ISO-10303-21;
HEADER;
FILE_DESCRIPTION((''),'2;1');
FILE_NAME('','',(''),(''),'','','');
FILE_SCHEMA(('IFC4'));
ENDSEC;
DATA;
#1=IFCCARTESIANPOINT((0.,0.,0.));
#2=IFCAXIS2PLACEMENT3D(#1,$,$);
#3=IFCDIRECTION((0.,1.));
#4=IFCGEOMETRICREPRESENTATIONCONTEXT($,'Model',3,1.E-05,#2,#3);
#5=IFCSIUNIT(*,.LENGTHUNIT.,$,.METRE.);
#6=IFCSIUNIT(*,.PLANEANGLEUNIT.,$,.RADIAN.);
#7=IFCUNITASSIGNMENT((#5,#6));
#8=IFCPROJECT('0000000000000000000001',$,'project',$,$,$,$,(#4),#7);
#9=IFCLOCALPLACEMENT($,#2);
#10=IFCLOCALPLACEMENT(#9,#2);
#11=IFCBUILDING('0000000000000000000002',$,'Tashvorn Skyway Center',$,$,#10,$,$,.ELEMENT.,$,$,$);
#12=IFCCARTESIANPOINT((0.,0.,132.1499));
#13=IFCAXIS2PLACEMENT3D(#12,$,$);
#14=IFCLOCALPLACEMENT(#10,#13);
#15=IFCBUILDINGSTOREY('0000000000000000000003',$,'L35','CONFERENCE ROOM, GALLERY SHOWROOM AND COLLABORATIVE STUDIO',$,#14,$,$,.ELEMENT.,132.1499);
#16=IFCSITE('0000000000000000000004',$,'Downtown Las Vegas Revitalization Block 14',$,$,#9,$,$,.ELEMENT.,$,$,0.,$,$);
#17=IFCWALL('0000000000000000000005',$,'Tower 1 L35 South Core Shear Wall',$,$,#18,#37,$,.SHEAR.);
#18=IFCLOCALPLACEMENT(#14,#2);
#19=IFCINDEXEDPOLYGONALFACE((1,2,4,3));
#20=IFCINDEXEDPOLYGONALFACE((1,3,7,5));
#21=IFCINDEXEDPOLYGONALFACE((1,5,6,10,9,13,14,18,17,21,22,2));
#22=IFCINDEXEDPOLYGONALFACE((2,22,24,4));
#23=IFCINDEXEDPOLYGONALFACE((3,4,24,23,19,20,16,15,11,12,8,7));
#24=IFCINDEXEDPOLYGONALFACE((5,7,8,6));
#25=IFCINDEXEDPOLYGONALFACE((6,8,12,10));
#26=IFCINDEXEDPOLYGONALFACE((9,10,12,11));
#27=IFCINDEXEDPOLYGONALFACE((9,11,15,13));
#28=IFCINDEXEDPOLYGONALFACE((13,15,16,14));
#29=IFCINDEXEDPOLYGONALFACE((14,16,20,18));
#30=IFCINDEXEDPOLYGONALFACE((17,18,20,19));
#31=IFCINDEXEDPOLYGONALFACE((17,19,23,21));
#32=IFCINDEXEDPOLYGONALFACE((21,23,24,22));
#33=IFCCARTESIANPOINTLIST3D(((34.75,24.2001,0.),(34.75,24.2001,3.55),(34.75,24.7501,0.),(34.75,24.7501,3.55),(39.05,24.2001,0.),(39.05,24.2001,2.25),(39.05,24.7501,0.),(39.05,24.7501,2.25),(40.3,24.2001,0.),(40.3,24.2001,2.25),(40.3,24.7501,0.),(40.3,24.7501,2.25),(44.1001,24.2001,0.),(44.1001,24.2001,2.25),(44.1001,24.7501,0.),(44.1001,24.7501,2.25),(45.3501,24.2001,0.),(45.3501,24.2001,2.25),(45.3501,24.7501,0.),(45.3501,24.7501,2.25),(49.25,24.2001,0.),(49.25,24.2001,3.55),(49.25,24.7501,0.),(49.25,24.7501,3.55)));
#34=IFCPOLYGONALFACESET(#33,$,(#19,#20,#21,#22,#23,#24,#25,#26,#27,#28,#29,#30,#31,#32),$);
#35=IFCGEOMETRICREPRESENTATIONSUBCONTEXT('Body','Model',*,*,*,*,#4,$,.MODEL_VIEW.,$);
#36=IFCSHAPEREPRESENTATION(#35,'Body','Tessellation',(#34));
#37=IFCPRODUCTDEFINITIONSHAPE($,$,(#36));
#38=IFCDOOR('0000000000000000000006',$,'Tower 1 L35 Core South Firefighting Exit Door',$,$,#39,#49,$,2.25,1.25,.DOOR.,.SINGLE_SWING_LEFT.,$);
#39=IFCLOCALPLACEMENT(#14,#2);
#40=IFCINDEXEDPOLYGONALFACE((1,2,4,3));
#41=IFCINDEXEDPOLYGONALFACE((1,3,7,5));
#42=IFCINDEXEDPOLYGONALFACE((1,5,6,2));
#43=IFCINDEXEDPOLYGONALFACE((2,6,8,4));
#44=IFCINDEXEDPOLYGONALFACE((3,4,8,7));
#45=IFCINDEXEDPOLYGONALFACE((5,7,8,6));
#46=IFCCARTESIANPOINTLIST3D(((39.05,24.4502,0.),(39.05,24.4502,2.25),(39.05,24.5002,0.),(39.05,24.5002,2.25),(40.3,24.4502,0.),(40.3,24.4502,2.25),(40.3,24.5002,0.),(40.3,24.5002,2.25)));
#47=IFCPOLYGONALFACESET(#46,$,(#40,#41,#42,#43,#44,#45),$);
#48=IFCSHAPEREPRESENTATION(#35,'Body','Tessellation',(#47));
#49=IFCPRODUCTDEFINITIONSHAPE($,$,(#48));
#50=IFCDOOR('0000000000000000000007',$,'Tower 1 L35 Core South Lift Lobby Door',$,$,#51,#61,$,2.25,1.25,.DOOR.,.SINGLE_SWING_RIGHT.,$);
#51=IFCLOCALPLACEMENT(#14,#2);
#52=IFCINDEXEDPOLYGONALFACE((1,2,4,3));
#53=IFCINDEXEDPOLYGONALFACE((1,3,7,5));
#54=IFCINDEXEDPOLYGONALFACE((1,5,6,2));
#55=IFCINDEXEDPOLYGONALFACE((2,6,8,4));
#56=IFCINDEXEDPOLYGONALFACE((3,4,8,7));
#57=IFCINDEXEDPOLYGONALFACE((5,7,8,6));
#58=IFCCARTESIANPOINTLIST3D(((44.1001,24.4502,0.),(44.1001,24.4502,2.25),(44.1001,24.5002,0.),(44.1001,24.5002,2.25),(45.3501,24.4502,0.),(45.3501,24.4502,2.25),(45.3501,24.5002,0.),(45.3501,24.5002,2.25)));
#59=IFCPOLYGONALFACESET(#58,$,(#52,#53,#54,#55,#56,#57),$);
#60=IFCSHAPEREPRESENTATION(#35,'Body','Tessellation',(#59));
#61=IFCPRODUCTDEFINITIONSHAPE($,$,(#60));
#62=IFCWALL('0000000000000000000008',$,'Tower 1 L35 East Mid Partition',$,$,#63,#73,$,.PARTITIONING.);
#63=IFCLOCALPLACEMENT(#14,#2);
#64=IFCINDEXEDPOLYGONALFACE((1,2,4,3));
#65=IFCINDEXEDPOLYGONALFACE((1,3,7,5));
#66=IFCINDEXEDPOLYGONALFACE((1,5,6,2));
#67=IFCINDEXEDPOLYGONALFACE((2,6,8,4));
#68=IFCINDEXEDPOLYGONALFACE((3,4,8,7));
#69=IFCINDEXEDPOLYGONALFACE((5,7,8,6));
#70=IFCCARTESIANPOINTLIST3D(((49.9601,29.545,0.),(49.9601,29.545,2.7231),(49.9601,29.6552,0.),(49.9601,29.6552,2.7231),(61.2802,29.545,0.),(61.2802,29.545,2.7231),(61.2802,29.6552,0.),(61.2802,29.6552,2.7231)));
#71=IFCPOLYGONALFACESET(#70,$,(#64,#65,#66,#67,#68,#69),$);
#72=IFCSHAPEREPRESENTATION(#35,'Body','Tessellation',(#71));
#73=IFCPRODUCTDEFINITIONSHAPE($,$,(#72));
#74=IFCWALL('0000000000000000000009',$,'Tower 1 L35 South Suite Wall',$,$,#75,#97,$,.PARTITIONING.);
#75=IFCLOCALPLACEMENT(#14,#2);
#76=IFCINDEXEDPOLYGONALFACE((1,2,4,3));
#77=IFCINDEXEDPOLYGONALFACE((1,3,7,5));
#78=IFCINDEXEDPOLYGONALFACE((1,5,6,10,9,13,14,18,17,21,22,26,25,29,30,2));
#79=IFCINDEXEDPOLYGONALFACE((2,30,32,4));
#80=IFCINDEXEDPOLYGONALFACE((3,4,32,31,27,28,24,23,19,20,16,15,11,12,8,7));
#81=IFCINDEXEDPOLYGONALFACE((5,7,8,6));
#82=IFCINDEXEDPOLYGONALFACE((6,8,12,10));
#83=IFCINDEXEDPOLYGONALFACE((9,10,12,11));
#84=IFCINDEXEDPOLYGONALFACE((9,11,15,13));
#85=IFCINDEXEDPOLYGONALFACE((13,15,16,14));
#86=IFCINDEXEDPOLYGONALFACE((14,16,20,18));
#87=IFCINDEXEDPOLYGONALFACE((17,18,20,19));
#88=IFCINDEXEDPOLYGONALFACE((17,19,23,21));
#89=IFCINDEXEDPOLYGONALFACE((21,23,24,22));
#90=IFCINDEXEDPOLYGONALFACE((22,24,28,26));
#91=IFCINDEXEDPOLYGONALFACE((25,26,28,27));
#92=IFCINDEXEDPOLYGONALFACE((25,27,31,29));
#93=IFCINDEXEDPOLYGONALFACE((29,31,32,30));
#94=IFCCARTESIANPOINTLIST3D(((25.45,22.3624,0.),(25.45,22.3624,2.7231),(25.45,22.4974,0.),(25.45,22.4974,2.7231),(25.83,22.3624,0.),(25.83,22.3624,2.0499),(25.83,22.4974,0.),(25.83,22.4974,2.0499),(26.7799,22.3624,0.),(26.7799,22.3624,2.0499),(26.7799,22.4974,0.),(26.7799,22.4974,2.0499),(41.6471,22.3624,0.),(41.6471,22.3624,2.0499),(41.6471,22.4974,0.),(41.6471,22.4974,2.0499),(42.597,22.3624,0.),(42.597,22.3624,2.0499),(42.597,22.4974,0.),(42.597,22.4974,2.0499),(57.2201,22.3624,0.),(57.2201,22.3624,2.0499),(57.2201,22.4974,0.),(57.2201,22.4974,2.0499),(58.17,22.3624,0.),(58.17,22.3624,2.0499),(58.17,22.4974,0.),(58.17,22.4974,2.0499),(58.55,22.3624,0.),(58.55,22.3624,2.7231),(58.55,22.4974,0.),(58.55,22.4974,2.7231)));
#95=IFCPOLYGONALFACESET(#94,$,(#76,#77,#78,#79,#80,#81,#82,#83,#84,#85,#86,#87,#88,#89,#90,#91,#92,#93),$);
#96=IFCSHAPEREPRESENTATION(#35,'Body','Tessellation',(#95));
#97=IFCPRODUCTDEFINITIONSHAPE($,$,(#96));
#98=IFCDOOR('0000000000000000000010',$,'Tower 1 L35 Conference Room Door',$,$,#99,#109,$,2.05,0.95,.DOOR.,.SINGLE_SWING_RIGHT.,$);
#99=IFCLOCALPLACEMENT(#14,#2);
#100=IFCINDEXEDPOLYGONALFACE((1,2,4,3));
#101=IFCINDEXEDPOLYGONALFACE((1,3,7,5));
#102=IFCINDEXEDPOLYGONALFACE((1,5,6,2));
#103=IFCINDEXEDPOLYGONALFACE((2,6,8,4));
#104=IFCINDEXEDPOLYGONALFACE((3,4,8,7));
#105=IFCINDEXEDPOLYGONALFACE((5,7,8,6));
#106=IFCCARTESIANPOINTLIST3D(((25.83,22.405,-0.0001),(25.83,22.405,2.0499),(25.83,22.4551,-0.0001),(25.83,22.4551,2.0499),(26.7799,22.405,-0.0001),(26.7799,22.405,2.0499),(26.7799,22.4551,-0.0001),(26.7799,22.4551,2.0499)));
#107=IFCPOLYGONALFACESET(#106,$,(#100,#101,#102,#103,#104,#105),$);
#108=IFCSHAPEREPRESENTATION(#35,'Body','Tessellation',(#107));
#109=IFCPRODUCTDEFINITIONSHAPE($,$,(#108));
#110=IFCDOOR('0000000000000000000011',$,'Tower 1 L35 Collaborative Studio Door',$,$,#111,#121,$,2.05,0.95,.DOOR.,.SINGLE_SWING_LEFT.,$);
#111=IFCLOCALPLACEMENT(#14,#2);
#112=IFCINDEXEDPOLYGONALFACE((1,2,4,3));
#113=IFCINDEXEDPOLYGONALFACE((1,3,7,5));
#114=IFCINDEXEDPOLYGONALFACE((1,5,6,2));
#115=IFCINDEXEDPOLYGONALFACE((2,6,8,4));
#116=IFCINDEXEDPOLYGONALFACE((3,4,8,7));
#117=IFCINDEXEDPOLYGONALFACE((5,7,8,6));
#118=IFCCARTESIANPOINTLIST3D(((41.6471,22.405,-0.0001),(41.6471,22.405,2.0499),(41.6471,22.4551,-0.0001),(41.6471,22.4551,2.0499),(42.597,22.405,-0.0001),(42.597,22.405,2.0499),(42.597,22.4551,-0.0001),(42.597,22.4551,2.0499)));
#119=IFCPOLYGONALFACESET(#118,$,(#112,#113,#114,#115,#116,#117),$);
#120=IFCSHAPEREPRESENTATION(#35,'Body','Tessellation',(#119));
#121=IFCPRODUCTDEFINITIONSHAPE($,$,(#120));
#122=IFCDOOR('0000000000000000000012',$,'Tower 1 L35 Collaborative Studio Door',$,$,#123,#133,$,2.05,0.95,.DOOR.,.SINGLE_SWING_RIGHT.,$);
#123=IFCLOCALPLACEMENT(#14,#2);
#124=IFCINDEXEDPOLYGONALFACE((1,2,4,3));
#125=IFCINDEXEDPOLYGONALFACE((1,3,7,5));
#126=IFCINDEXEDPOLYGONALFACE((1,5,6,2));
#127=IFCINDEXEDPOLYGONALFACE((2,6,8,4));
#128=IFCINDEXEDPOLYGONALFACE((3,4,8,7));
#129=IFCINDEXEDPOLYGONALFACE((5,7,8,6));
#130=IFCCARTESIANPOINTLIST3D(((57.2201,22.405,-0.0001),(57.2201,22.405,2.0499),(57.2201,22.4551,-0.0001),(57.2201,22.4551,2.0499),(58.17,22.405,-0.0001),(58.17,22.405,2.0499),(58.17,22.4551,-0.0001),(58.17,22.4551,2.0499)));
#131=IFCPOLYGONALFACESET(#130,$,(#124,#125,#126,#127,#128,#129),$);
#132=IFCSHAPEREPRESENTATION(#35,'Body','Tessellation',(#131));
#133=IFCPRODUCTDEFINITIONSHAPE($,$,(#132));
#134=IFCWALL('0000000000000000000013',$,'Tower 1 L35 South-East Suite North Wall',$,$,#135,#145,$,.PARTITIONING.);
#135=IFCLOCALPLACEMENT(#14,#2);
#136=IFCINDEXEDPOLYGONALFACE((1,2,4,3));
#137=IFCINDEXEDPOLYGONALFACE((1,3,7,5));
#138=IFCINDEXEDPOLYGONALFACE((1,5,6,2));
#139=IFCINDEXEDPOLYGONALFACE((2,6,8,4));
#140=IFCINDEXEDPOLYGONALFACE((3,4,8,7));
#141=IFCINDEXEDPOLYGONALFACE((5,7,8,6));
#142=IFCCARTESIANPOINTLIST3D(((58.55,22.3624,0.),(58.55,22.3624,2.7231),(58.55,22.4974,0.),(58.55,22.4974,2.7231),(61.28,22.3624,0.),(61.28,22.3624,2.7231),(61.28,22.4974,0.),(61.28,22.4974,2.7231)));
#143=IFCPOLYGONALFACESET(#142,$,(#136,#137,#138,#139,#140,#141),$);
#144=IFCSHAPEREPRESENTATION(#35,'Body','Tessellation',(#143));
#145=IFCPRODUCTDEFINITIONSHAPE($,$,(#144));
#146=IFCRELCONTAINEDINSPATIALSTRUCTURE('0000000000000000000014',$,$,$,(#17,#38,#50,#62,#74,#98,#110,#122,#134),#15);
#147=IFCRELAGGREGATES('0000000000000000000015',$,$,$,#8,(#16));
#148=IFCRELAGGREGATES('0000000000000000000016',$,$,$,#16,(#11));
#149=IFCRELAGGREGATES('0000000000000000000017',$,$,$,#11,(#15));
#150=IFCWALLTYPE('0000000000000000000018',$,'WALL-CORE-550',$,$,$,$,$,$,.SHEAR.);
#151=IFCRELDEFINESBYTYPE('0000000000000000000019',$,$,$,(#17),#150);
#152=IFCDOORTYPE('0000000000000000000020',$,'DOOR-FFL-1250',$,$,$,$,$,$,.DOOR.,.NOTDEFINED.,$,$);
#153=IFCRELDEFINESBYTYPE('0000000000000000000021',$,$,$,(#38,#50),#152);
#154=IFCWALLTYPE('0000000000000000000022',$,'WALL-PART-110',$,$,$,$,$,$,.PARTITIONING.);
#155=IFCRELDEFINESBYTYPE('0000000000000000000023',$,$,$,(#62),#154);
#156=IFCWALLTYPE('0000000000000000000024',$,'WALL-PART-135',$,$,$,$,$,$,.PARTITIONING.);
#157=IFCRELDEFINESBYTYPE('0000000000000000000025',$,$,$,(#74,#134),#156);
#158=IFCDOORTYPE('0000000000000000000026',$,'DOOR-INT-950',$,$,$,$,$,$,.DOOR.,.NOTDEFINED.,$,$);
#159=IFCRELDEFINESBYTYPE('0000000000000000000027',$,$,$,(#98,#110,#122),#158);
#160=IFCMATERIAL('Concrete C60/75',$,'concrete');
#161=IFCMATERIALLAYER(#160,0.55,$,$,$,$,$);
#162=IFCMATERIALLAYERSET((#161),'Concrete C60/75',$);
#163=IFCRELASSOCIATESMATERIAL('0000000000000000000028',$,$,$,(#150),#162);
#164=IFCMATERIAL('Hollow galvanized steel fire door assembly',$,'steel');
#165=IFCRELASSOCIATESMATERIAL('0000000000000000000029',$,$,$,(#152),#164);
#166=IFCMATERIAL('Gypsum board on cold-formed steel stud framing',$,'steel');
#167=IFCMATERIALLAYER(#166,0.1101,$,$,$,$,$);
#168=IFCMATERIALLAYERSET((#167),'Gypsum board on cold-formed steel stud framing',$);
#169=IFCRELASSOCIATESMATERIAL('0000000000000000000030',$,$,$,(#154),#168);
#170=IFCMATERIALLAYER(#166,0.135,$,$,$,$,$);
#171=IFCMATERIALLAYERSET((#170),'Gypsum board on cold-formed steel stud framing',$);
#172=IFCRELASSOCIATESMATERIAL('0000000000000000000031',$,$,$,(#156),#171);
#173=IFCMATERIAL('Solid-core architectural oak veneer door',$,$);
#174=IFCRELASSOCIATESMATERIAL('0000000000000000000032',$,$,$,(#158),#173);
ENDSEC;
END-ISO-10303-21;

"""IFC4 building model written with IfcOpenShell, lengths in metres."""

from ifc_helpers import new_model, si_unit, direction, frame, frame_2d, origin, place, context, subcontext, project, spatial, rectangle, extrude, material, layer, layer_set, type_object, element, fill, save


model = new_model("IFC4")

# Units and contexts
model_context = context("Model", 3, precision=1e-05, world=origin(), true_north=direction((0.0, 1.0)))
body_context = subcontext(model_context, "Body", "Model", "MODEL_VIEW")
ifc_project = project(units=[si_unit("LENGTHUNIT", "METRE"), si_unit("PLANEANGLEUNIT", "RADIAN")], contexts=[model_context])

# Site, building, storey
site_placement = place(None, origin())
site = spatial("IfcSite", under=ifc_project, at=site_placement, Name="Downtown Las Vegas Revitalization Block 14", CompositionType="ELEMENT", RefElevation=0.0)
building_placement = place(site_placement, origin())
building = spatial("IfcBuilding", under=site, at=building_placement, Name="Tashvorn Skyway Center", CompositionType="ELEMENT")
storey_placement = place(building_placement, frame((0.0, 0.0, 132.1499)))
storey = spatial("IfcBuildingStorey", under=building, at=storey_placement, Name="L35", Description="CONFERENCE ROOM, GALLERY SHOWROOM AND COLLABORATIVE STUDIO", CompositionType="ELEMENT", Elevation=132.1499)

# Wall, openings, doors
ifc_material_1 = material(Name="Concrete C60/75", Category="concrete")
ifc_layer_1 = layer(ifc_material_1, 0.55)
ifc_layer_set_1 = layer_set([ifc_layer_1], Name="Concrete C60/75")
wall_type_1 = type_object("IfcWallType", Name="WALL-CORE-550", PredefinedType="SHEAR", material=ifc_layer_set_1)
wall_1_placement = place(storey_placement, frame((49.25, 24.4751, 0.0), z_axis=(0.0, 0.0, 1.0), x_axis=(-1.0, 0.0, 0.0)))
wall_1 = element("IfcWall", 1, at=wall_1_placement, inside=storey, type_object=wall_type_1, Name="Tower 1 L35 South Core Shear Wall", PredefinedType="SHEAR", context=body_context, shape_type="SweptSolid", body=[
    extrude(rectangle(XDim=14.5, YDim=0.55, at=frame_2d((7.25, 0.0))), origin(), (0.0, 0.0, 1.0), 3.55),
])
opening_1_placement = place(wall_1_placement, frame((8.95, 0.0, 0.0)))
opening_1 = element("IfcOpeningElement", 2, at=opening_1_placement, cuts=wall_1, PredefinedType="OPENING", context=body_context, shape_type="SweptSolid", body=[
    extrude(rectangle(XDim=1.25, YDim=2.25, at=frame_2d((0.625, 1.125))), frame((0.0, 0.2849, 0.0), z_axis=(0.0, -1.0, 0.0), x_axis=(1.0, 0.0, 0.0)), (0.0, 0.0, 1.0), 0.5701),
])
opening_2_placement = place(wall_1_placement, frame((3.8999, 0.0, 0.0)))
opening_2 = element("IfcOpeningElement", 3, at=opening_2_placement, cuts=wall_1, PredefinedType="OPENING", context=body_context, shape_type="SweptSolid", body=[
    extrude(rectangle(XDim=1.25, YDim=2.25, at=frame_2d((0.625, 1.125))), frame((0.0, 0.2849, 0.0), z_axis=(0.0, -1.0, 0.0), x_axis=(1.0, 0.0, 0.0)), (0.0, 0.0, 1.0), 0.5701),
])
ifc_material_2 = material(Name="Hollow galvanized steel fire door assembly", Category="steel")
door_type_1 = type_object("IfcDoorType", Name="DOOR-FFL-1250", OperationType="NOTDEFINED", PredefinedType="DOOR", material=ifc_material_2)
door_1_placement = place(opening_1_placement, origin())
door_1 = element("IfcDoor", 4, at=door_1_placement, inside=storey, type_object=door_type_1, Name="Tower 1 L35 Core South Firefighting Exit Door", OperationType="SINGLE_SWING_LEFT", OverallHeight=2.25, OverallWidth=1.25, PredefinedType="DOOR", context=body_context, shape_type="SweptSolid", body=[
    extrude(rectangle(XDim=1.25, YDim=2.25, at=frame_2d((0.625, 1.125))), frame((0.0, 0.0249, 0.0), z_axis=(0.0, -1.0, 0.0), x_axis=(1.0, 0.0, 0.0)), (0.0, 0.0, 1.0), 0.05),
])
fill(opening_1, door_1)
door_2_placement = place(opening_2_placement, origin())
door_2 = element("IfcDoor", 5, at=door_2_placement, inside=storey, type_object=door_type_1, Name="Tower 1 L35 Core South Lift Lobby Door", OperationType="SINGLE_SWING_RIGHT", OverallHeight=2.25, OverallWidth=1.25, PredefinedType="DOOR", context=body_context, shape_type="SweptSolid", body=[
    extrude(rectangle(XDim=1.25, YDim=2.25, at=frame_2d((0.625, 1.125))), frame((0.0, 0.0249, 0.0), z_axis=(0.0, -1.0, 0.0), x_axis=(1.0, 0.0, 0.0)), (0.0, 0.0, 1.0), 0.05),
])
fill(opening_2, door_2)

# Wall
ifc_material_3 = material(Name="Gypsum board on cold-formed steel stud framing", Category="steel")
ifc_layer_2 = layer(ifc_material_3, 0.1101)
ifc_layer_set_2 = layer_set([ifc_layer_2], Name="Gypsum board on cold-formed steel stud framing")
wall_type_2 = type_object("IfcWallType", Name="WALL-PART-110", PredefinedType="PARTITIONING", material=ifc_layer_set_2)
wall_2_placement = place(storey_placement, frame((49.96, 29.6001, 0.0), z_axis=(0.0, 0.0, 1.0), x_axis=(1.0, 0.0, 0.0)))
element("IfcWall", 6, at=wall_2_placement, inside=storey, type_object=wall_type_2, Name="Tower 1 L35 East Mid Partition", PredefinedType="PARTITIONING", context=body_context, shape_type="SweptSolid", body=[
    extrude(rectangle(XDim=11.3201, YDim=0.1101, at=frame_2d((5.6602, 0.0))), origin(), (0.0, 0.0, 1.0), 2.7231),
])

# Wall, openings, doors
ifc_layer_3 = layer(ifc_material_3, 0.135)
ifc_layer_set_3 = layer_set([ifc_layer_3], Name="Gypsum board on cold-formed steel stud framing")
wall_type_3 = type_object("IfcWallType", Name="WALL-PART-135", PredefinedType="PARTITIONING", material=ifc_layer_set_3)
wall_3_placement = place(storey_placement, frame((58.55, 22.4299, 0.0), z_axis=(0.0, 0.0, 1.0), x_axis=(-1.0, 0.0, 0.0)))
wall_3 = element("IfcWall", 7, at=wall_3_placement, inside=storey, type_object=wall_type_3, Name="Tower 1 L35 South Suite Wall", PredefinedType="PARTITIONING", context=body_context, shape_type="SweptSolid", body=[
    extrude(rectangle(XDim=33.1001, YDim=0.135, at=frame_2d((16.55, 0.0))), origin(), (0.0, 0.0, 1.0), 2.7231),
])
opening_3_placement = place(wall_3_placement, frame((31.77, 0.0, 0.0)))
opening_3 = element("IfcOpeningElement", 8, at=opening_3_placement, cuts=wall_3, PredefinedType="OPENING", context=body_context, shape_type="SweptSolid", body=[
    extrude(rectangle(XDim=0.95, YDim=2.05, at=frame_2d((0.4751, 1.0249))), frame((0.0, 0.0774, 0.0), z_axis=(0.0, -1.0, 0.0), x_axis=(1.0, 0.0, 0.0)), (0.0, 0.0, 1.0), 0.155),
])
opening_4_placement = place(wall_3_placement, frame((15.9529, 0.0, 0.0)))
opening_4 = element("IfcOpeningElement", 9, at=opening_4_placement, cuts=wall_3, PredefinedType="OPENING", context=body_context, shape_type="SweptSolid", body=[
    extrude(rectangle(XDim=0.95, YDim=2.05, at=frame_2d((0.4751, 1.0249))), frame((0.0, 0.0774, 0.0), z_axis=(0.0, -1.0, 0.0), x_axis=(1.0, 0.0, 0.0)), (0.0, 0.0, 1.0), 0.155),
])
opening_5_placement = place(wall_3_placement, frame((0.3799, 0.0, 0.0)))
opening_5 = element("IfcOpeningElement", 10, at=opening_5_placement, cuts=wall_3, PredefinedType="OPENING", context=body_context, shape_type="SweptSolid", body=[
    extrude(rectangle(XDim=0.95, YDim=2.05, at=frame_2d((0.4751, 1.0249))), frame((0.0, 0.0774, 0.0), z_axis=(0.0, -1.0, 0.0), x_axis=(1.0, 0.0, 0.0)), (0.0, 0.0, 1.0), 0.155),
])
ifc_material_4 = material(Name="Solid-core architectural oak veneer door")
door_type_2 = type_object("IfcDoorType", Name="DOOR-INT-950", OperationType="NOTDEFINED", PredefinedType="DOOR", material=ifc_material_4)
door_3_placement = place(opening_3_placement, origin())
door_3 = element("IfcDoor", 11, at=door_3_placement, inside=storey, type_object=door_type_2, Name="Tower 1 L35 Conference Room Door", OperationType="SINGLE_SWING_RIGHT", OverallHeight=2.05, OverallWidth=0.95, PredefinedType="DOOR", context=body_context, shape_type="SweptSolid", body=[
    extrude(rectangle(XDim=0.95, YDim=2.05, at=frame_2d((0.4751, 1.0249))), frame((0.0, 0.0249, 0.0), z_axis=(0.0, -1.0, 0.0), x_axis=(1.0, 0.0, 0.0)), (0.0, 0.0, 1.0), 0.05),
])
fill(opening_3, door_3)
door_4_placement = place(opening_4_placement, origin())
door_4 = element("IfcDoor", 12, at=door_4_placement, inside=storey, type_object=door_type_2, Name="Tower 1 L35 Collaborative Studio Door", OperationType="SINGLE_SWING_LEFT", OverallHeight=2.05, OverallWidth=0.95, PredefinedType="DOOR", context=body_context, shape_type="SweptSolid", body=[
    extrude(rectangle(XDim=0.95, YDim=2.05, at=frame_2d((0.4751, 1.0249))), frame((0.0, 0.0249, 0.0), z_axis=(0.0, -1.0, 0.0), x_axis=(1.0, 0.0, 0.0)), (0.0, 0.0, 1.0), 0.05),
])
fill(opening_4, door_4)
door_5_placement = place(opening_5_placement, origin())
door_5 = element("IfcDoor", 13, at=door_5_placement, inside=storey, type_object=door_type_2, Name="Tower 1 L35 Collaborative Studio Door", OperationType="SINGLE_SWING_RIGHT", OverallHeight=2.05, OverallWidth=0.95, PredefinedType="DOOR", context=body_context, shape_type="SweptSolid", body=[
    extrude(rectangle(XDim=0.95, YDim=2.05, at=frame_2d((0.4751, 1.0249))), frame((0.0, 0.0249, 0.0), z_axis=(0.0, -1.0, 0.0), x_axis=(1.0, 0.0, 0.0)), (0.0, 0.0, 1.0), 0.05),
])
fill(opening_5, door_5)

# Wall
wall_4_placement = place(storey_placement, frame((58.55, 22.4299, 0.0), z_axis=(0.0, 0.0, 1.0), x_axis=(1.0, 0.0, 0.0)))
element("IfcWall", 14, at=wall_4_placement, inside=storey, type_object=wall_type_3, Name="Tower 1 L35 South-East Suite North Wall", PredefinedType="PARTITIONING", context=body_context, shape_type="SweptSolid", body=[
    extrude(rectangle(XDim=2.73, YDim=0.135, at=frame_2d((1.365, 0.0))), origin(), (0.0, 0.0, 1.0), 2.7231),
])

save(model, "model.ifc")
